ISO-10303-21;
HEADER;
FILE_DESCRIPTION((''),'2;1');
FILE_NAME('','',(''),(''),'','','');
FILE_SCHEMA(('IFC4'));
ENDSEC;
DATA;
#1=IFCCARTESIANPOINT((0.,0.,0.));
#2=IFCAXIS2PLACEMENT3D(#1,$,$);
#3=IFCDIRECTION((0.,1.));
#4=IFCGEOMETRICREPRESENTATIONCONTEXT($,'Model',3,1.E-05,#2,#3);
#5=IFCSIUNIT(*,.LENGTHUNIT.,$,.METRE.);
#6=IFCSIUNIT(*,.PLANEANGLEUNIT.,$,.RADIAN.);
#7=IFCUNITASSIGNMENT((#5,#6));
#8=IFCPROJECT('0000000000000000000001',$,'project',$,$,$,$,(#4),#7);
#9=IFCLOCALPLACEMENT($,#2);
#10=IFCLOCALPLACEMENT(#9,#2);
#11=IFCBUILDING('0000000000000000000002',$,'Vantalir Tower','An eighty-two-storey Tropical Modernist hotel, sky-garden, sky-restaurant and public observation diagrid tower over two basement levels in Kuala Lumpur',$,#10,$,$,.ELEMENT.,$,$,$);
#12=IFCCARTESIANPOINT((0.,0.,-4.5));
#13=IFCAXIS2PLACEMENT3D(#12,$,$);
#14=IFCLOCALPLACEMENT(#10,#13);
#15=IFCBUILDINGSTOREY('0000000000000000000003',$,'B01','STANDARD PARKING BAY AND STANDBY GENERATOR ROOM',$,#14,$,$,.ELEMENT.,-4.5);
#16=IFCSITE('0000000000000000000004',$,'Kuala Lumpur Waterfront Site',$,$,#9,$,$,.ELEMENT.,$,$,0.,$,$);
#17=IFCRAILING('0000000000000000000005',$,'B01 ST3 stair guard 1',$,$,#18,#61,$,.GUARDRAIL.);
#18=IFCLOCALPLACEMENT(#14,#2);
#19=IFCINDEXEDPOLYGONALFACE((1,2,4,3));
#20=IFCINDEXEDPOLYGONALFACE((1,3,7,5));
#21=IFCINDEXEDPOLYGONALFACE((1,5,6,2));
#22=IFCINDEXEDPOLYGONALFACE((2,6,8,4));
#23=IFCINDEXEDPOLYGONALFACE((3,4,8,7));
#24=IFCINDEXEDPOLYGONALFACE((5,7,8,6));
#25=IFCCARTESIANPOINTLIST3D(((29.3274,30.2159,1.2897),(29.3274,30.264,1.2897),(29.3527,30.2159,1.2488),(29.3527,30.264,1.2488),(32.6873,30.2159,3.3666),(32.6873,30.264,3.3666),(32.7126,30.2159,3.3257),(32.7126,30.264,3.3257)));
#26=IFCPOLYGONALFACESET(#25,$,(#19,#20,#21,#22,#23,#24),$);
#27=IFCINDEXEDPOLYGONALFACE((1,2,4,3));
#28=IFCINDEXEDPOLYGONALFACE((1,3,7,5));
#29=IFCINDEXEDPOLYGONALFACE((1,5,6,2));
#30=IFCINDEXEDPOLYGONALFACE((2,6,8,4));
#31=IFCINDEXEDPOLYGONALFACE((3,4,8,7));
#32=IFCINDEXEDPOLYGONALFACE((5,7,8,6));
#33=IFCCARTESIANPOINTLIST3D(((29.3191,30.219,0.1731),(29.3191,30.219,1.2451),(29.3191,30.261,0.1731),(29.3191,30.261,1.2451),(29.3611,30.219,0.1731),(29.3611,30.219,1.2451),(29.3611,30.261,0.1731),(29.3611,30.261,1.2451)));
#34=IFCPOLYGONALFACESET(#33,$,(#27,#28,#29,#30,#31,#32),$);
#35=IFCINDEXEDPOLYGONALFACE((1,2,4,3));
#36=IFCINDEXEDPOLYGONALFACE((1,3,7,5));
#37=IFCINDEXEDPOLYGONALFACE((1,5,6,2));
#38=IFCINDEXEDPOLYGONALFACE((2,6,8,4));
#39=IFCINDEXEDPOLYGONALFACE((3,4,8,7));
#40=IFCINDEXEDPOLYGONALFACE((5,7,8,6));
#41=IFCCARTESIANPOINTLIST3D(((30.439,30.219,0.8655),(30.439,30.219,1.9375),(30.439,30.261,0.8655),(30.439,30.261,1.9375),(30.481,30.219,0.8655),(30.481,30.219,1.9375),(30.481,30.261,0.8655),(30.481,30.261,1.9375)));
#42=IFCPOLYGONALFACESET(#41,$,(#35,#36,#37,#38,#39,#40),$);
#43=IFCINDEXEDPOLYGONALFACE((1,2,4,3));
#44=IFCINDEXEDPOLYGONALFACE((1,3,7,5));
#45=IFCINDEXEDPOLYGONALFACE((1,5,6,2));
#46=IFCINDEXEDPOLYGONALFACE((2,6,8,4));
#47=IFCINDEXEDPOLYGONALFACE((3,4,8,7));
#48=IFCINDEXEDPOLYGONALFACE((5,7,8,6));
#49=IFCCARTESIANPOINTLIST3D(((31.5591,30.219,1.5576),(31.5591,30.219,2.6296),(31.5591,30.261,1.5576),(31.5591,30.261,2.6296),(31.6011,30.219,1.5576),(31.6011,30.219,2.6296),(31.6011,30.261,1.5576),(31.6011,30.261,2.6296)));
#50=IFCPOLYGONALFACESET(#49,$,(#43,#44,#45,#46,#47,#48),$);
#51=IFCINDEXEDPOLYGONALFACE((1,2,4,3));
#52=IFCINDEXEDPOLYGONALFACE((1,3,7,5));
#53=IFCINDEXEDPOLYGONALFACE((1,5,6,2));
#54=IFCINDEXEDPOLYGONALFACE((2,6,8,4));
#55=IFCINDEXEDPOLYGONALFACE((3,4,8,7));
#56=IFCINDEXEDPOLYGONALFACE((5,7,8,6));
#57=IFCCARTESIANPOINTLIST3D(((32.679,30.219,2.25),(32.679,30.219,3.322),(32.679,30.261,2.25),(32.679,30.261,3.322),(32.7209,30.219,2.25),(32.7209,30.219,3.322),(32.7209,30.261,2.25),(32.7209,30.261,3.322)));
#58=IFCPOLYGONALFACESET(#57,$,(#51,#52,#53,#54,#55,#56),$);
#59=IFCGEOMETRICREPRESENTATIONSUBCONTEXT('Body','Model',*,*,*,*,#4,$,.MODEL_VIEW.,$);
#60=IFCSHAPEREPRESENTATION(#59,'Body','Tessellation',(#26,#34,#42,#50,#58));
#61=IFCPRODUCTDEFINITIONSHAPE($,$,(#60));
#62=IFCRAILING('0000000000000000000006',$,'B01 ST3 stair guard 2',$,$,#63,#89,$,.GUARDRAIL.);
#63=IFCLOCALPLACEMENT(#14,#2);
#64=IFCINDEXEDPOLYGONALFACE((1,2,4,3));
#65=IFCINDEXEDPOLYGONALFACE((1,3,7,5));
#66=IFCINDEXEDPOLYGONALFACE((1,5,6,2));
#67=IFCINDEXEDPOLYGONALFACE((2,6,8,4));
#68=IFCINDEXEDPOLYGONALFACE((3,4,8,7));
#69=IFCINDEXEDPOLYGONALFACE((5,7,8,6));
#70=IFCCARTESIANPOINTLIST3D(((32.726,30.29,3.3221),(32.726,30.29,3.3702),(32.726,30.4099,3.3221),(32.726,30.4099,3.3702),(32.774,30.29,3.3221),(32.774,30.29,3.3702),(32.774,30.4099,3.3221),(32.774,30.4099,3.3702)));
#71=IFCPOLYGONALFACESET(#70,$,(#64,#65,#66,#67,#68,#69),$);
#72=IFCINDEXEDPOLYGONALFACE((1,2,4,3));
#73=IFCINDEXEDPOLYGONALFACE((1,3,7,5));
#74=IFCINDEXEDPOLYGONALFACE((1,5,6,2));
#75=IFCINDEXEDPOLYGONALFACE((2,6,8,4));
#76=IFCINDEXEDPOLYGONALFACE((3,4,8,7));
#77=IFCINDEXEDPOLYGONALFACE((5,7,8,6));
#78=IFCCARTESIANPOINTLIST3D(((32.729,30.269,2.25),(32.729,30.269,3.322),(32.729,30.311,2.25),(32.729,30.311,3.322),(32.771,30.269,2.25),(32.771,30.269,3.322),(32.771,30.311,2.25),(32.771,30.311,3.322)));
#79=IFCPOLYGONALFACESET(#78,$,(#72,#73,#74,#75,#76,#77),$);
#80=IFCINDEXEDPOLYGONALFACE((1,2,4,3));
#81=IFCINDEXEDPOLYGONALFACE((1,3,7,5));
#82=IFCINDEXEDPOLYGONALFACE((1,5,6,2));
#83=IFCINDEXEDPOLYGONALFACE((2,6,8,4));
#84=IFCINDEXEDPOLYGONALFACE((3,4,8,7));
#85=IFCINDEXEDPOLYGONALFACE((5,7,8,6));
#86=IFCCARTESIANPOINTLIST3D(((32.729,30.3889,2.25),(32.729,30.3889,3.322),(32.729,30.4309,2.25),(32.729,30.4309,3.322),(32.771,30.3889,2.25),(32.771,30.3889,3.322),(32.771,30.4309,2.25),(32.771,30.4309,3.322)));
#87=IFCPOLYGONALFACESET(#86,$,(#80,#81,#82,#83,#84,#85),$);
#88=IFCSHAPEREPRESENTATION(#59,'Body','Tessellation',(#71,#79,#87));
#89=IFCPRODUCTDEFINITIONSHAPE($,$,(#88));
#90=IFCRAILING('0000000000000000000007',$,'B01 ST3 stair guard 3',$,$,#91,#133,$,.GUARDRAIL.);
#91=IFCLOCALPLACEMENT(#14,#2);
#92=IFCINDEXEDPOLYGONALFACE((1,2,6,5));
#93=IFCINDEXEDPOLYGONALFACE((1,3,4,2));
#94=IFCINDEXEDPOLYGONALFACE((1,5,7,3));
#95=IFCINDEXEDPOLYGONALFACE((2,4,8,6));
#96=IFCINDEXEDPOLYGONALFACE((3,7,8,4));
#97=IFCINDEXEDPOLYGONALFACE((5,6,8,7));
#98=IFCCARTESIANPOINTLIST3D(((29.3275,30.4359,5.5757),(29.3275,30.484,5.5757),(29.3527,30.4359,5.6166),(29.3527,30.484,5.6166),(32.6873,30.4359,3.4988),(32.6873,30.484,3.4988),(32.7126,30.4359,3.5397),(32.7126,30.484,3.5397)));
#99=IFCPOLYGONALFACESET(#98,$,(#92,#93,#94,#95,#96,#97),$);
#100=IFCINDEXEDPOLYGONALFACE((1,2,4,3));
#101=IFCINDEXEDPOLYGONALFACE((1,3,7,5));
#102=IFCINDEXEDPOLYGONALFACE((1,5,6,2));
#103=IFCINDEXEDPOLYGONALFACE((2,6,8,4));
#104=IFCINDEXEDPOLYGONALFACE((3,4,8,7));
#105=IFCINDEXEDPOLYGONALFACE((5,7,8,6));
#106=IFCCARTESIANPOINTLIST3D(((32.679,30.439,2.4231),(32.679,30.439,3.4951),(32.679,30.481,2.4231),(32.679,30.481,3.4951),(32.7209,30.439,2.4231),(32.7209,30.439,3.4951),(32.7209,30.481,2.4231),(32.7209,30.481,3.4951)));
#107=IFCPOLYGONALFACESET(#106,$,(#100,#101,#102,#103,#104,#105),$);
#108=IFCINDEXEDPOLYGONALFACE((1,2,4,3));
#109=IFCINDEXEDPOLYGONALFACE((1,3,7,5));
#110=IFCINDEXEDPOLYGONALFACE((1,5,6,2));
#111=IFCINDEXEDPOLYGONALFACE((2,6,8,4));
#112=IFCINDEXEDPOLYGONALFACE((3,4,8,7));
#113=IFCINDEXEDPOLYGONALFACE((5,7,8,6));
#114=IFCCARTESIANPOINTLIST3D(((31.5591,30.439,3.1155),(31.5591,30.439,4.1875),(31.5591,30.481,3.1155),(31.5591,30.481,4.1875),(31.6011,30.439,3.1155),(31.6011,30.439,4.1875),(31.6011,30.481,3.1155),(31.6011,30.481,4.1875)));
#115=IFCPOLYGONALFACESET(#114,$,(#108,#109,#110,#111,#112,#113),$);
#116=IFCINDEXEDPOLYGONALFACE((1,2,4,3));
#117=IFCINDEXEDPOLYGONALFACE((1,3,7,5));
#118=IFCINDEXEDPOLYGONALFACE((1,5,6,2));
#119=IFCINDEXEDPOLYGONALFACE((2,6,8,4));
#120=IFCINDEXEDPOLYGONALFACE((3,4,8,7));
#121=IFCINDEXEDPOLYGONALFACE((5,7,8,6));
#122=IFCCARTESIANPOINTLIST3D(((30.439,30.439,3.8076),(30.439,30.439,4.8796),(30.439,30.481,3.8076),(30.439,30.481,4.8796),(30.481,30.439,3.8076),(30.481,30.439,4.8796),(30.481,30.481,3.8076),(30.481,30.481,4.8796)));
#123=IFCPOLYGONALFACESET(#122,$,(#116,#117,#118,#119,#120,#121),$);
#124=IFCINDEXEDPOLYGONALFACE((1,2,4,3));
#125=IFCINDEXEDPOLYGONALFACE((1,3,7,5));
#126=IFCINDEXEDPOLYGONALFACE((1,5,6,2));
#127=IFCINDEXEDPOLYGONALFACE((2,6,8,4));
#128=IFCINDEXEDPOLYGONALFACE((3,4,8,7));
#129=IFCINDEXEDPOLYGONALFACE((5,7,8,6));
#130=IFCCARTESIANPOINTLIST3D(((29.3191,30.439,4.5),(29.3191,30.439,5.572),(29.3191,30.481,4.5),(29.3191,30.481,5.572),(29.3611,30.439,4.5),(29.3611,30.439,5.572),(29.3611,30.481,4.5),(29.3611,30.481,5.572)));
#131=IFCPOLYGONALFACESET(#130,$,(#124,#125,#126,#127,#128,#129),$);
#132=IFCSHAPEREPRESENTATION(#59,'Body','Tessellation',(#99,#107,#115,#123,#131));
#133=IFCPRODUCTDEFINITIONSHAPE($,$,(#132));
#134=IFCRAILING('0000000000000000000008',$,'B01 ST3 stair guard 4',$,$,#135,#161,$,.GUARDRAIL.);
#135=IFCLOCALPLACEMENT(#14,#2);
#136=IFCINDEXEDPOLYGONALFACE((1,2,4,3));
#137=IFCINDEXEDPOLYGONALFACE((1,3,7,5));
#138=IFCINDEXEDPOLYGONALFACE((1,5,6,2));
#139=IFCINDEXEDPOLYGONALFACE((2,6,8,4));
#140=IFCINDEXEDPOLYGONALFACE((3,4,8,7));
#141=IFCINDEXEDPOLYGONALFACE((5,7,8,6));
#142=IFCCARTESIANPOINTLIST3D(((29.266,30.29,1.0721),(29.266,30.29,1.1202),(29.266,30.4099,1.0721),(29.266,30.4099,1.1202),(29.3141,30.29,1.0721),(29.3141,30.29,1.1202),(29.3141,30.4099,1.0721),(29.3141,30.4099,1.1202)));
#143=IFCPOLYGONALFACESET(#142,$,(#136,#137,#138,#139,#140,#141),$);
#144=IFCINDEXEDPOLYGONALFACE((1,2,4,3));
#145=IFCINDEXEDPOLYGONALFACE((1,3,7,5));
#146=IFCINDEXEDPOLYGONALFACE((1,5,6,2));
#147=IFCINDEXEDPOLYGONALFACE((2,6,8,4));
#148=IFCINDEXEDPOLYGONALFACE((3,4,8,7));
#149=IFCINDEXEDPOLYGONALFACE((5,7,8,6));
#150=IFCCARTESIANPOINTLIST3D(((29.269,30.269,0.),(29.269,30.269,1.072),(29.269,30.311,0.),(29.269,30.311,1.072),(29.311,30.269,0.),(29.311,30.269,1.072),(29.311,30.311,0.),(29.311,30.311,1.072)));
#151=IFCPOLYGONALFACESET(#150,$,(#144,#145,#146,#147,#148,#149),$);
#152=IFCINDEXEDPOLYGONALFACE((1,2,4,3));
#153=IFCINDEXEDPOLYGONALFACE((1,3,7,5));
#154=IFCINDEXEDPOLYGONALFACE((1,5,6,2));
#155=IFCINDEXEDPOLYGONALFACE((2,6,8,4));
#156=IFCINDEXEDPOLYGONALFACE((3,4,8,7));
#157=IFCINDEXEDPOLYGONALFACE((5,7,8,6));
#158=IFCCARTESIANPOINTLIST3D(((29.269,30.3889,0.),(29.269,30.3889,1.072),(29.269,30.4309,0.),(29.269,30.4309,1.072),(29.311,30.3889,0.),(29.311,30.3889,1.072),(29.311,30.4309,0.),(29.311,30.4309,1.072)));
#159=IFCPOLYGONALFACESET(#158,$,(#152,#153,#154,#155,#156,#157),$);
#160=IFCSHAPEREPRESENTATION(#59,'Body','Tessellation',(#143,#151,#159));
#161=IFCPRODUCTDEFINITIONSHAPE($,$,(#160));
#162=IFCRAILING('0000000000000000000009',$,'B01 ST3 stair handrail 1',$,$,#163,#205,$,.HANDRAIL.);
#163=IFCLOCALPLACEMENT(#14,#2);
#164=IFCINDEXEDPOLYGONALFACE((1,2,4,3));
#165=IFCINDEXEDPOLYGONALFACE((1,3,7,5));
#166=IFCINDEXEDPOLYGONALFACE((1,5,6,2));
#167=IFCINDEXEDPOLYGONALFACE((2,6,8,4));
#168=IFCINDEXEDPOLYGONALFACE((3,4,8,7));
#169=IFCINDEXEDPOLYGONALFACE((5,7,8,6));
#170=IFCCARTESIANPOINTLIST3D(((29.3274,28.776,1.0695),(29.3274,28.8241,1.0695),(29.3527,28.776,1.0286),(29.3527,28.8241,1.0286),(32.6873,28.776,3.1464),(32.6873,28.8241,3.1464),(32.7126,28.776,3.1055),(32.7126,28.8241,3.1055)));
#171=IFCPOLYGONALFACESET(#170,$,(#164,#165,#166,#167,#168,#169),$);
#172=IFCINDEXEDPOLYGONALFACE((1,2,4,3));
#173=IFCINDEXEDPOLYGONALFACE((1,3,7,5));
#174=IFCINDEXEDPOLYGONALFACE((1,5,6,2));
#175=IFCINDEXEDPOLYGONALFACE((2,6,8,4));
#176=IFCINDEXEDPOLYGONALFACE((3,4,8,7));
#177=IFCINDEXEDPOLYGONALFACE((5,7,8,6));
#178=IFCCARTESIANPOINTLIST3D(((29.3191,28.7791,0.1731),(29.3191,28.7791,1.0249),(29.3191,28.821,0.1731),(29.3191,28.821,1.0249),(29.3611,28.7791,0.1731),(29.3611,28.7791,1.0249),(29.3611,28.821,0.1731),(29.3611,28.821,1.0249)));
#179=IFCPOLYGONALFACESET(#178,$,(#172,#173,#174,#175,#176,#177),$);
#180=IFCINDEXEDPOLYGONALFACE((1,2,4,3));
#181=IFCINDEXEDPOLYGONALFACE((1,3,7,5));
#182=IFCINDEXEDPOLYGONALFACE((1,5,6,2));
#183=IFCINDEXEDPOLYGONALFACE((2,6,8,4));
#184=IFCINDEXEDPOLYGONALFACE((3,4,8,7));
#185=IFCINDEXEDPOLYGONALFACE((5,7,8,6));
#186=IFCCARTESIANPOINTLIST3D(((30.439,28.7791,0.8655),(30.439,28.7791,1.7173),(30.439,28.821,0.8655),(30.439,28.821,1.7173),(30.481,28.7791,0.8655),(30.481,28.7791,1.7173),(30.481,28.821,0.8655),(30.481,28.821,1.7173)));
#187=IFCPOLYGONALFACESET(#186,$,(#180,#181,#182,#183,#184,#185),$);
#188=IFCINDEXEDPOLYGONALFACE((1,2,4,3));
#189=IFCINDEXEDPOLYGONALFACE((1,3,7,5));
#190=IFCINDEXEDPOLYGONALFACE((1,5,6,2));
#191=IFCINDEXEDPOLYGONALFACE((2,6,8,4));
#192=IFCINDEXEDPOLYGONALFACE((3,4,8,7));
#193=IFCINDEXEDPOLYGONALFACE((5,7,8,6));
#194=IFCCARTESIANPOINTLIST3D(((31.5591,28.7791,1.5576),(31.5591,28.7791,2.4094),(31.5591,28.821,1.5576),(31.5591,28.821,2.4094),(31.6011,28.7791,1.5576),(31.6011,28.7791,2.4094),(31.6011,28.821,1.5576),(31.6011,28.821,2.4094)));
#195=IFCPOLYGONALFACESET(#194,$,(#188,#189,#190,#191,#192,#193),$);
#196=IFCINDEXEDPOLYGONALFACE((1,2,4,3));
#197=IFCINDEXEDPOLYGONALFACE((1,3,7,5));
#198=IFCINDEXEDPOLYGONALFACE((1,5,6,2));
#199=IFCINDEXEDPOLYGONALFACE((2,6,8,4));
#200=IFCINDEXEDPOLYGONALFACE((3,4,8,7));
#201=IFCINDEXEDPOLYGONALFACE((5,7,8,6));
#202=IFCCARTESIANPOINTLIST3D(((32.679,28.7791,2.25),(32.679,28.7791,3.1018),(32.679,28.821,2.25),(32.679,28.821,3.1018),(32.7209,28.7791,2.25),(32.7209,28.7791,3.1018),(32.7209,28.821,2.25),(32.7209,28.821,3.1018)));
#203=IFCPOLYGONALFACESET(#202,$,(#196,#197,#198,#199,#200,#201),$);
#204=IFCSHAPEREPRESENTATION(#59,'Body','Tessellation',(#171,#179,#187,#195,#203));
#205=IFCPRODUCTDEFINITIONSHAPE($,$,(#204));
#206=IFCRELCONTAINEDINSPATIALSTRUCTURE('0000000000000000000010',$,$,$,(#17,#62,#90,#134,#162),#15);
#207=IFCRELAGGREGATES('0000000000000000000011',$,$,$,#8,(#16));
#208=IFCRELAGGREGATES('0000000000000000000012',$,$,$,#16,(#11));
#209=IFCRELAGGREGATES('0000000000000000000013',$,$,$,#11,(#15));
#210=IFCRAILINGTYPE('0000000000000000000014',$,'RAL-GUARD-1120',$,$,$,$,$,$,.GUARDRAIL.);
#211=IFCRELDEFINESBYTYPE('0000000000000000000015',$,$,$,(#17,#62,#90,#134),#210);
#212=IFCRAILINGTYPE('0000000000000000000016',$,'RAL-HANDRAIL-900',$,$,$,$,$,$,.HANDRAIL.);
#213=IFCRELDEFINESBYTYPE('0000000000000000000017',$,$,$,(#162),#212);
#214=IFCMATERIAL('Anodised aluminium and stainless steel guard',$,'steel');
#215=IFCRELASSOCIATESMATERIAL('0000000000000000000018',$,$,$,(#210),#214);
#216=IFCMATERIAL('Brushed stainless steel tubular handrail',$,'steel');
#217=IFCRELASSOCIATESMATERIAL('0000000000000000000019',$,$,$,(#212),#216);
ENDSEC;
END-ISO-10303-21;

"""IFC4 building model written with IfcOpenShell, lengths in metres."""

from ifc_helpers import new_model, si_unit, direction, frame, origin, origin_2d, place, context, subcontext, project, spatial, rectangle, extrude, material, type_object, element, save


model = new_model("IFC4")

# Units and contexts
model_context = context("Model", 3, precision=1e-05, world=origin(), true_north=direction((0.0, 1.0)))
body_context = subcontext(model_context, "Body", "Model", "MODEL_VIEW")
ifc_project = project(units=[si_unit("LENGTHUNIT", "METRE"), si_unit("PLANEANGLEUNIT", "RADIAN")], contexts=[model_context])

# Site, building, storey
site_placement = place(None, origin())
site = spatial("IfcSite", under=ifc_project, at=site_placement, Name="Kuala Lumpur Waterfront Site", CompositionType="ELEMENT", RefElevation=0.0)
building_placement = place(site_placement, origin())
building = spatial("IfcBuilding", under=site, at=building_placement, Name="Vantalir Tower", Description="An eighty-two-storey Tropical Modernist hotel, sky-garden, sky-restaurant and public observation diagrid tower over two basement levels in Kuala Lumpur", CompositionType="ELEMENT")
storey_placement = place(building_placement, frame((0.0, 0.0, -4.5)))
storey = spatial("IfcBuildingStorey", under=building, at=storey_placement, Name="B01", Description="STANDARD PARKING BAY AND STANDBY GENERATOR ROOM", CompositionType="ELEMENT", Elevation=-4.5)

# Railings
ifc_material_1 = material(Name="Anodised aluminium and stainless steel guard", Category="steel")
railing_type_1 = type_object("IfcRailingType", Name="RAL-GUARD-1120", PredefinedType="GUARDRAIL", material=ifc_material_1)
railing_1_placement = place(storey_placement, frame((29.3401, 30.24, 0.1731)))
element("IfcRailing", 1, at=railing_1_placement, inside=storey, type_object=railing_type_1, Name="B01 ST3 stair guard 1", PredefinedType="GUARDRAIL", context=body_context, shape_type="SweptSolid", body=[
    extrude(rectangle(XDim=0.0481, YDim=0.0481, at=origin_2d()), frame((0.0, 0.0, 1.0962), z_axis=(0.850606, 0.0, 0.525803), x_axis=(0.0, 1.0, 0.0)), (0.0, 0.0, 1.0), 3.95),
    extrude(rectangle(XDim=0.042, YDim=0.042, at=origin_2d()), origin(), (0.0, 0.0, 1.0), 1.072),
    extrude(rectangle(XDim=0.042, YDim=0.042, at=origin_2d()), frame((1.1199, 0.0, 0.6924)), (0.0, 0.0, 1.0), 1.072),
    extrude(rectangle(XDim=0.042, YDim=0.042, at=origin_2d()), frame((2.24, 0.0, 1.3845)), (0.0, 0.0, 1.0), 1.072),
    extrude(rectangle(XDim=0.042, YDim=0.042, at=origin_2d()), frame((3.3599, 0.0, 2.0769)), (0.0, 0.0, 1.0), 1.072),
])
railing_2_placement = place(storey_placement, frame((32.75, 30.29, 2.25)))
element("IfcRailing", 2, at=railing_2_placement, inside=storey, type_object=railing_type_1, Name="B01 ST3 stair guard 2", PredefinedType="GUARDRAIL", context=body_context, shape_type="SweptSolid", body=[
    extrude(rectangle(XDim=0.0481, YDim=0.0481, at=origin_2d()), frame((0.0, 0.0, 1.0962), z_axis=(0.0, 1.0, 0.0), x_axis=(-1.0, 0.0, 0.0)), (0.0, 0.0, 1.0), 0.1199),
    extrude(rectangle(XDim=0.042, YDim=0.042, at=origin_2d()), origin(), (0.0, 0.0, 1.0), 1.072),
    extrude(rectangle(XDim=0.042, YDim=0.042, at=origin_2d()), frame((0.0, 0.1199, 0.0)), (0.0, 0.0, 1.0), 1.072),
])
railing_3_placement = place(storey_placement, frame((32.7, 30.46, 2.4231)))
element("IfcRailing", 3, at=railing_3_placement, inside=storey, type_object=railing_type_1, Name="B01 ST3 stair guard 3", PredefinedType="GUARDRAIL", context=body_context, shape_type="SweptSolid", body=[
    extrude(rectangle(XDim=0.0481, YDim=0.0481, at=origin_2d()), frame((0.0, 0.0, 1.0962), z_axis=(-0.850606, 0.0, 0.525803), x_axis=(0.0, -1.0, 0.0)), (0.0, 0.0, 1.0), 3.95),
    extrude(rectangle(XDim=0.042, YDim=0.042, at=origin_2d()), origin(), (0.0, 0.0, 1.0), 1.072),
    extrude(rectangle(XDim=0.042, YDim=0.042, at=origin_2d()), frame((-1.1199, 0.0, 0.6924)), (0.0, 0.0, 1.0), 1.072),
    extrude(rectangle(XDim=0.042, YDim=0.042, at=origin_2d()), frame((-2.24, 0.0, 1.3845)), (0.0, 0.0, 1.0), 1.072),
    extrude(rectangle(XDim=0.042, YDim=0.042, at=origin_2d()), frame((-3.3599, 0.0, 2.0769)), (0.0, 0.0, 1.0), 1.072),
])
railing_4_placement = place(storey_placement, frame((29.29, 30.29, 0.0)))
element("IfcRailing", 4, at=railing_4_placement, inside=storey, type_object=railing_type_1, Name="B01 ST3 stair guard 4", PredefinedType="GUARDRAIL", context=body_context, shape_type="SweptSolid", body=[
    extrude(rectangle(XDim=0.0481, YDim=0.0481, at=origin_2d()), frame((0.0, 0.0, 1.0962), z_axis=(0.0, 1.0, 0.0), x_axis=(-1.0, 0.0, 0.0)), (0.0, 0.0, 1.0), 0.1199),
    extrude(rectangle(XDim=0.042, YDim=0.042, at=origin_2d()), origin(), (0.0, 0.0, 1.0), 1.072),
    extrude(rectangle(XDim=0.042, YDim=0.042, at=origin_2d()), frame((0.0, 0.1199, 0.0)), (0.0, 0.0, 1.0), 1.072),
])
ifc_material_2 = material(Name="Brushed stainless steel tubular handrail", Category="steel")
railing_type_2 = type_object("IfcRailingType", Name="RAL-HANDRAIL-900", PredefinedType="HANDRAIL", material=ifc_material_2)
railing_5_placement = place(storey_placement, frame((29.3401, 28.8, 0.1731)))
element("IfcRailing", 5, at=railing_5_placement, inside=storey, type_object=railing_type_2, Name="B01 ST3 stair handrail 1", PredefinedType="HANDRAIL", context=body_context, shape_type="SweptSolid", body=[
    extrude(rectangle(XDim=0.0481, YDim=0.0481, at=origin_2d()), frame((0.0, 0.0, 0.876), z_axis=(0.850606, 0.0, 0.525803), x_axis=(0.0, 1.0, 0.0)), (0.0, 0.0, 1.0), 3.95),
    extrude(rectangle(XDim=0.042, YDim=0.042, at=origin_2d()), origin(), (0.0, 0.0, 1.0), 0.8518),
    extrude(rectangle(XDim=0.042, YDim=0.042, at=origin_2d()), frame((1.1199, 0.0, 0.6924)), (0.0, 0.0, 1.0), 0.8518),
    extrude(rectangle(XDim=0.042, YDim=0.042, at=origin_2d()), frame((2.24, 0.0, 1.3845)), (0.0, 0.0, 1.0), 0.8518),
    extrude(rectangle(XDim=0.042, YDim=0.042, at=origin_2d()), frame((3.3599, 0.0, 2.0769)), (0.0, 0.0, 1.0), 0.8518),
])

save(model, "model.ifc")
